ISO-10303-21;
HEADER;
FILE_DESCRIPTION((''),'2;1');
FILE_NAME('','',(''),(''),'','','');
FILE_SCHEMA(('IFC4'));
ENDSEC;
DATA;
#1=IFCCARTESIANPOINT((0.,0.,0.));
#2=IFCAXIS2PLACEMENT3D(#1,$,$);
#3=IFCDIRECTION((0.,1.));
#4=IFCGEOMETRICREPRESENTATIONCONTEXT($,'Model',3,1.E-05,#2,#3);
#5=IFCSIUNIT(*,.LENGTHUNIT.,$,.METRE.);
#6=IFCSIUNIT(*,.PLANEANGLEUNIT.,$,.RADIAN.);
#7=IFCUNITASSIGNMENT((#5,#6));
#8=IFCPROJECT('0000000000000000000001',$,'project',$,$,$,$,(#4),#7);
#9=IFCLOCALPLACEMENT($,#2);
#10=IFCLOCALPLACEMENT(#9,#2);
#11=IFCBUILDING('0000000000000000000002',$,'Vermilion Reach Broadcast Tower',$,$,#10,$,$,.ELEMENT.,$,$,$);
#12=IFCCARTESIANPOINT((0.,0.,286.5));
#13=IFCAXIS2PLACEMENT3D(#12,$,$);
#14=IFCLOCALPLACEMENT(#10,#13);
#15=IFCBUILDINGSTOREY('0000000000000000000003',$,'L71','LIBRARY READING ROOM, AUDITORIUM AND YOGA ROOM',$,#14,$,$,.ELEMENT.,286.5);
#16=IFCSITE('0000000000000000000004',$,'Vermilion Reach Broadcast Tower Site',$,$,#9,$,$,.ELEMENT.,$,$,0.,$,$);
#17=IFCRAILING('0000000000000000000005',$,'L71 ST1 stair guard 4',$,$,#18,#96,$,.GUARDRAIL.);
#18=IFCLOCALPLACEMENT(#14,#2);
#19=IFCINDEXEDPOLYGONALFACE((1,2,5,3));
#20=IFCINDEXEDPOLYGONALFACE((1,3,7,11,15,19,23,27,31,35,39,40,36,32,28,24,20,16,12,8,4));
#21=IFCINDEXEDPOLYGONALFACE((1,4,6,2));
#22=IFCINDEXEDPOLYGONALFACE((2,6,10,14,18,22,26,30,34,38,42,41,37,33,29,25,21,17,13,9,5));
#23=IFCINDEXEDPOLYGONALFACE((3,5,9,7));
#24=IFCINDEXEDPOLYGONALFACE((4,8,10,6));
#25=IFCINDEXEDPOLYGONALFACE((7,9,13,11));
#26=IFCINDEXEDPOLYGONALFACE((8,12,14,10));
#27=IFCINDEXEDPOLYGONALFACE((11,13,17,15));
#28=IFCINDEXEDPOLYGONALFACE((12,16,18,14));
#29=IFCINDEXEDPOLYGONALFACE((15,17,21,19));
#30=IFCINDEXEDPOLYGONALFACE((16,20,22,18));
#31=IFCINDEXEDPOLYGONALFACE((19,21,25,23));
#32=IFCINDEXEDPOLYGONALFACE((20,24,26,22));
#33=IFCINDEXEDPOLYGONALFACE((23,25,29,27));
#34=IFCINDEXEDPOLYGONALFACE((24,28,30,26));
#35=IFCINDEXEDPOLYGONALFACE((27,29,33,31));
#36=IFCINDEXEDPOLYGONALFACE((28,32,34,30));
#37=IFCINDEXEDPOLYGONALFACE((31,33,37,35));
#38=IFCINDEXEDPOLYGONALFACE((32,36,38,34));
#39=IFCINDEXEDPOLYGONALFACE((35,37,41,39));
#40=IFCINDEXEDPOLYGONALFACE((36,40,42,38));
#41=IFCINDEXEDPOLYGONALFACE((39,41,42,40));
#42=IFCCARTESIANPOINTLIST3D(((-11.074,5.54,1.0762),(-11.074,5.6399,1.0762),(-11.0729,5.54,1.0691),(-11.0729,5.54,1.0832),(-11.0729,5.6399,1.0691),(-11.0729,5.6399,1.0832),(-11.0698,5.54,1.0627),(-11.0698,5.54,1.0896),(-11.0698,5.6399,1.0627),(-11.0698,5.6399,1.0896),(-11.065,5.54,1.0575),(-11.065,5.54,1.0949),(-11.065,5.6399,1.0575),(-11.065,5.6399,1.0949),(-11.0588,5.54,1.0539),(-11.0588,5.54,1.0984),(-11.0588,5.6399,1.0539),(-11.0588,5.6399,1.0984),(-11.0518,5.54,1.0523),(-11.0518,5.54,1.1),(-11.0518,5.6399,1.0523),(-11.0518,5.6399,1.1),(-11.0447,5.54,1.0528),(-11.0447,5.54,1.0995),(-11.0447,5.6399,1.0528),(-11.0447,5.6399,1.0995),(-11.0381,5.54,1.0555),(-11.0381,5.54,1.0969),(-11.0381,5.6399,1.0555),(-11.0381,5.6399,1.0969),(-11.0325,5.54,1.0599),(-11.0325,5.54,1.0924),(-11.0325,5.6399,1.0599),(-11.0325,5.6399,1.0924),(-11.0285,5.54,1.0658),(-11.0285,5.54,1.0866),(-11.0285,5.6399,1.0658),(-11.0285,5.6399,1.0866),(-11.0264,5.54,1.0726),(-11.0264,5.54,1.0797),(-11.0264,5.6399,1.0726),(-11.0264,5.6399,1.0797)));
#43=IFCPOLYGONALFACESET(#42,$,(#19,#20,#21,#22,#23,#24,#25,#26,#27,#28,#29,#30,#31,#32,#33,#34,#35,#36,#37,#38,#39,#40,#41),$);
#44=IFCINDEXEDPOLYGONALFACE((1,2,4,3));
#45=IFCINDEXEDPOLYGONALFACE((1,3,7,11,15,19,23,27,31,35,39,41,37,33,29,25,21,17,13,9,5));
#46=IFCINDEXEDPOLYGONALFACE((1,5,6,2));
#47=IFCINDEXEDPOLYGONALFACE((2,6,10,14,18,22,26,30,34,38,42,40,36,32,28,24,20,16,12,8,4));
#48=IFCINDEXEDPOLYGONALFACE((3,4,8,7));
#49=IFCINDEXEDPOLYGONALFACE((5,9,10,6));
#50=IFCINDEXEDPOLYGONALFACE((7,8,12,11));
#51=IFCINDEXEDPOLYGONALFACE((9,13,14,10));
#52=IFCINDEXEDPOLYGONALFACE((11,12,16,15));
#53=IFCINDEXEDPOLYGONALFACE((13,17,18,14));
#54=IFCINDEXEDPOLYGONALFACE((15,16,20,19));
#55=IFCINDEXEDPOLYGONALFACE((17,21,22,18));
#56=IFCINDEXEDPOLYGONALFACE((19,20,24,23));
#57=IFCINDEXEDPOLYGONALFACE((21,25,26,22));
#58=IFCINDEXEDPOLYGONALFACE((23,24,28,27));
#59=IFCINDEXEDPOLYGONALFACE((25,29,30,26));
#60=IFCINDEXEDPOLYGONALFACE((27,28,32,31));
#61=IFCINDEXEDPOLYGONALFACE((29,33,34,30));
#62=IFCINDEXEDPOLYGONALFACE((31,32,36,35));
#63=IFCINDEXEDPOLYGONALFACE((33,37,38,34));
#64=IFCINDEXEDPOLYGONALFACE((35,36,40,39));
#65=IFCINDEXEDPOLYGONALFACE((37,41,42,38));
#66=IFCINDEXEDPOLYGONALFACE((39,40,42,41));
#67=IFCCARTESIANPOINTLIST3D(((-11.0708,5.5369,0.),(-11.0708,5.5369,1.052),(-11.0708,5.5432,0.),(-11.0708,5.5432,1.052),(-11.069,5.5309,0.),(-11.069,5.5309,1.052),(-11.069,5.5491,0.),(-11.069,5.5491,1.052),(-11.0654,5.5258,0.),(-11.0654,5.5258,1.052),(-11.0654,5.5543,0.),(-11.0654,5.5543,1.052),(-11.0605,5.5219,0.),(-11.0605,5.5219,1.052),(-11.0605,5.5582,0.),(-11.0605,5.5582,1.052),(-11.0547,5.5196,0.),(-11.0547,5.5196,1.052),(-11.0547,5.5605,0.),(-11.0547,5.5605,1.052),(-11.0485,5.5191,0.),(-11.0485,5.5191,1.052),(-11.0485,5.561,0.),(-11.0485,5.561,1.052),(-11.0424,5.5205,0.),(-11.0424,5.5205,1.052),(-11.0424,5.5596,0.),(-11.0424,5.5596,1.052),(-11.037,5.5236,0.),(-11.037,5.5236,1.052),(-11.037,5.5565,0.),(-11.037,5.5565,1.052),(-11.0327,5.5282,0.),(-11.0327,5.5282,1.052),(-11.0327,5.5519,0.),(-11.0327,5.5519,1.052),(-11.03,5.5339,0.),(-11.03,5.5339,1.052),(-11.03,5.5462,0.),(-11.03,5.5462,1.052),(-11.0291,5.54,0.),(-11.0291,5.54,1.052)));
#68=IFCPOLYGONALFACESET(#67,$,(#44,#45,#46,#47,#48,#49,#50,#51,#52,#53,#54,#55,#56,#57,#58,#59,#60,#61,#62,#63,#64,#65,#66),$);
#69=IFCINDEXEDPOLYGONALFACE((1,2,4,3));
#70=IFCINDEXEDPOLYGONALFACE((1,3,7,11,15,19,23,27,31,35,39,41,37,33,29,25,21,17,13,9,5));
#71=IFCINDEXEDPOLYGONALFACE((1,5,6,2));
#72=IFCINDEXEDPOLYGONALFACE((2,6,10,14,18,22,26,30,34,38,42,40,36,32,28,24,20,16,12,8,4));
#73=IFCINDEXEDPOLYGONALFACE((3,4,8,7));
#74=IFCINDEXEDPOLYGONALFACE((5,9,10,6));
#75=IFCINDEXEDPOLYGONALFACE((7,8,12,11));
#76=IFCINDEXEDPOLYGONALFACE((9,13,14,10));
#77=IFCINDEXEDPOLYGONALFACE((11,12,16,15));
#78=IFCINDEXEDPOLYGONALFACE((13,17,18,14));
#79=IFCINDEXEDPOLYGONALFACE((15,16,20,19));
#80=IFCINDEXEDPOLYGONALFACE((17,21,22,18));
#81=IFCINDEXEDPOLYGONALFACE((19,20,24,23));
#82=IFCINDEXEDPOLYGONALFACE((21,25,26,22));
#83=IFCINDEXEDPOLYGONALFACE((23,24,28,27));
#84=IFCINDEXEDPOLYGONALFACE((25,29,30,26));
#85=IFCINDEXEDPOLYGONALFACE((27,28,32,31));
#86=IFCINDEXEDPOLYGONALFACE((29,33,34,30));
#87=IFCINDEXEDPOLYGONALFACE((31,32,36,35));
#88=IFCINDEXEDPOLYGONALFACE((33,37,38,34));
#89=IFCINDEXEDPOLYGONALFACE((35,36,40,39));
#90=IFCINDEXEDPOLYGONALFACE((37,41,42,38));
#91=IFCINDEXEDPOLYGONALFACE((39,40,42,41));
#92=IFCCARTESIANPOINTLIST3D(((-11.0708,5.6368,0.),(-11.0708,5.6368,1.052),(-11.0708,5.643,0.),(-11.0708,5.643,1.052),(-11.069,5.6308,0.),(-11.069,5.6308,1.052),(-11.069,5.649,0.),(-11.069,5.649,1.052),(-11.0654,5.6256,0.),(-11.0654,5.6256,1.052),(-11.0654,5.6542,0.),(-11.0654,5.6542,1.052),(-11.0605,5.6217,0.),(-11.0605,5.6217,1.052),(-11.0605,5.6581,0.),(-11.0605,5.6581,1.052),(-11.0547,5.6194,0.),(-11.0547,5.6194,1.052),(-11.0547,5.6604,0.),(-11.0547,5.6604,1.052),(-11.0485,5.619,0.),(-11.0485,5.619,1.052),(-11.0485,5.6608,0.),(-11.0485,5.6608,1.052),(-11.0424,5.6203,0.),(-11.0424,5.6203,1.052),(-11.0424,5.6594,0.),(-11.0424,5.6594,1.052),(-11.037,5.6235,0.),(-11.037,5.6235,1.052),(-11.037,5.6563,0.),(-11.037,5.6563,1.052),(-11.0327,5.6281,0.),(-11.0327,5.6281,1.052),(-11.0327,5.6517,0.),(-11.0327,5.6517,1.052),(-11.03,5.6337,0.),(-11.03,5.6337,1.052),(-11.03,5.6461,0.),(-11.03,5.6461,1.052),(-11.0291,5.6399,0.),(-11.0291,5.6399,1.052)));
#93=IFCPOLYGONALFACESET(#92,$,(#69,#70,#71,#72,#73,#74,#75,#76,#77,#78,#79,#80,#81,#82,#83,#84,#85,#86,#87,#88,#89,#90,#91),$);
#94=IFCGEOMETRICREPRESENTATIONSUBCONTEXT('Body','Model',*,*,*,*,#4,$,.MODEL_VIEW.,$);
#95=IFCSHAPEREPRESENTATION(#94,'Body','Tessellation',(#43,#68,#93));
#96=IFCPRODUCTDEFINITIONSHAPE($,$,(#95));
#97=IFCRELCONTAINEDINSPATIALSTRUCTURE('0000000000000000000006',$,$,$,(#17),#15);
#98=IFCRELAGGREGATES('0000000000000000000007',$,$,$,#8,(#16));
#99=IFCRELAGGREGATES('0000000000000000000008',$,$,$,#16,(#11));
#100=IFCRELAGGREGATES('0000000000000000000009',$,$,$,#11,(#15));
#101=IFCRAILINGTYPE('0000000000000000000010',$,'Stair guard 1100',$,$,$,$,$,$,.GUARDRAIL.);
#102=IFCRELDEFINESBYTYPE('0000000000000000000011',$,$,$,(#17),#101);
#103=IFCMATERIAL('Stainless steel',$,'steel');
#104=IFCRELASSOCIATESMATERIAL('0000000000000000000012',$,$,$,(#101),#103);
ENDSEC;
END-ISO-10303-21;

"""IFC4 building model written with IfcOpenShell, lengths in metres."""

from ifc_helpers import new_model, si_unit, direction, frame, origin, origin_2d, place, context, subcontext, project, spatial, circle, extrude, material, type_object, element, save


model = new_model("IFC4")

# Units and contexts
model_context = context("Model", 3, precision=1e-05, world=origin(), true_north=direction((0.0, 1.0)))
body_context = subcontext(model_context, "Body", "Model", "MODEL_VIEW")
ifc_project = project(units=[si_unit("LENGTHUNIT", "METRE"), si_unit("PLANEANGLEUNIT", "RADIAN")], contexts=[model_context])

# Site, building, storey
site_placement = place(None, origin())
site = spatial("IfcSite", under=ifc_project, at=site_placement, Name="Vermilion Reach Broadcast Tower Site", CompositionType="ELEMENT", RefElevation=0.0)
building_placement = place(site_placement, origin())
building = spatial("IfcBuilding", under=site, at=building_placement, Name="Vermilion Reach Broadcast Tower", CompositionType="ELEMENT")
storey_placement = place(building_placement, frame((0.0, 0.0, 286.5)))
storey = spatial("IfcBuildingStorey", under=building, at=storey_placement, Name="L71", Description="LIBRARY READING ROOM, AUDITORIUM AND YOGA ROOM", CompositionType="ELEMENT", Elevation=286.5)

# Railing
ifc_material_1 = material(Name="Stainless steel", Category="steel")
railing_type_1 = type_object("IfcRailingType", Name="Stair guard 1100", PredefinedType="GUARDRAIL", material=ifc_material_1)
railing_1_placement = place(storey_placement, frame((-11.05, 5.54, 0.0)))
element("IfcRailing", 1, at=railing_1_placement, inside=storey, type_object=railing_type_1, Name="L71 ST1 stair guard 4", PredefinedType="GUARDRAIL", context=body_context, shape_type="SweptSolid", body=[
    extrude(circle(Radius=0.0239, at=origin_2d()), frame((0.0, 0.0, 1.0762), z_axis=(0.0, 1.0, 0.0), x_axis=(-1.0, 0.0, 0.0)), (0.0, 0.0, 1.0), 0.0999),
    extrude(circle(Radius=0.021, at=origin_2d()), origin(), (0.0, 0.0, 1.0), 1.052),
    extrude(circle(Radius=0.021, at=origin_2d()), frame((0.0, 0.0999, 0.0)), (0.0, 0.0, 1.0), 1.052),
])

save(model, "model.ifc")
